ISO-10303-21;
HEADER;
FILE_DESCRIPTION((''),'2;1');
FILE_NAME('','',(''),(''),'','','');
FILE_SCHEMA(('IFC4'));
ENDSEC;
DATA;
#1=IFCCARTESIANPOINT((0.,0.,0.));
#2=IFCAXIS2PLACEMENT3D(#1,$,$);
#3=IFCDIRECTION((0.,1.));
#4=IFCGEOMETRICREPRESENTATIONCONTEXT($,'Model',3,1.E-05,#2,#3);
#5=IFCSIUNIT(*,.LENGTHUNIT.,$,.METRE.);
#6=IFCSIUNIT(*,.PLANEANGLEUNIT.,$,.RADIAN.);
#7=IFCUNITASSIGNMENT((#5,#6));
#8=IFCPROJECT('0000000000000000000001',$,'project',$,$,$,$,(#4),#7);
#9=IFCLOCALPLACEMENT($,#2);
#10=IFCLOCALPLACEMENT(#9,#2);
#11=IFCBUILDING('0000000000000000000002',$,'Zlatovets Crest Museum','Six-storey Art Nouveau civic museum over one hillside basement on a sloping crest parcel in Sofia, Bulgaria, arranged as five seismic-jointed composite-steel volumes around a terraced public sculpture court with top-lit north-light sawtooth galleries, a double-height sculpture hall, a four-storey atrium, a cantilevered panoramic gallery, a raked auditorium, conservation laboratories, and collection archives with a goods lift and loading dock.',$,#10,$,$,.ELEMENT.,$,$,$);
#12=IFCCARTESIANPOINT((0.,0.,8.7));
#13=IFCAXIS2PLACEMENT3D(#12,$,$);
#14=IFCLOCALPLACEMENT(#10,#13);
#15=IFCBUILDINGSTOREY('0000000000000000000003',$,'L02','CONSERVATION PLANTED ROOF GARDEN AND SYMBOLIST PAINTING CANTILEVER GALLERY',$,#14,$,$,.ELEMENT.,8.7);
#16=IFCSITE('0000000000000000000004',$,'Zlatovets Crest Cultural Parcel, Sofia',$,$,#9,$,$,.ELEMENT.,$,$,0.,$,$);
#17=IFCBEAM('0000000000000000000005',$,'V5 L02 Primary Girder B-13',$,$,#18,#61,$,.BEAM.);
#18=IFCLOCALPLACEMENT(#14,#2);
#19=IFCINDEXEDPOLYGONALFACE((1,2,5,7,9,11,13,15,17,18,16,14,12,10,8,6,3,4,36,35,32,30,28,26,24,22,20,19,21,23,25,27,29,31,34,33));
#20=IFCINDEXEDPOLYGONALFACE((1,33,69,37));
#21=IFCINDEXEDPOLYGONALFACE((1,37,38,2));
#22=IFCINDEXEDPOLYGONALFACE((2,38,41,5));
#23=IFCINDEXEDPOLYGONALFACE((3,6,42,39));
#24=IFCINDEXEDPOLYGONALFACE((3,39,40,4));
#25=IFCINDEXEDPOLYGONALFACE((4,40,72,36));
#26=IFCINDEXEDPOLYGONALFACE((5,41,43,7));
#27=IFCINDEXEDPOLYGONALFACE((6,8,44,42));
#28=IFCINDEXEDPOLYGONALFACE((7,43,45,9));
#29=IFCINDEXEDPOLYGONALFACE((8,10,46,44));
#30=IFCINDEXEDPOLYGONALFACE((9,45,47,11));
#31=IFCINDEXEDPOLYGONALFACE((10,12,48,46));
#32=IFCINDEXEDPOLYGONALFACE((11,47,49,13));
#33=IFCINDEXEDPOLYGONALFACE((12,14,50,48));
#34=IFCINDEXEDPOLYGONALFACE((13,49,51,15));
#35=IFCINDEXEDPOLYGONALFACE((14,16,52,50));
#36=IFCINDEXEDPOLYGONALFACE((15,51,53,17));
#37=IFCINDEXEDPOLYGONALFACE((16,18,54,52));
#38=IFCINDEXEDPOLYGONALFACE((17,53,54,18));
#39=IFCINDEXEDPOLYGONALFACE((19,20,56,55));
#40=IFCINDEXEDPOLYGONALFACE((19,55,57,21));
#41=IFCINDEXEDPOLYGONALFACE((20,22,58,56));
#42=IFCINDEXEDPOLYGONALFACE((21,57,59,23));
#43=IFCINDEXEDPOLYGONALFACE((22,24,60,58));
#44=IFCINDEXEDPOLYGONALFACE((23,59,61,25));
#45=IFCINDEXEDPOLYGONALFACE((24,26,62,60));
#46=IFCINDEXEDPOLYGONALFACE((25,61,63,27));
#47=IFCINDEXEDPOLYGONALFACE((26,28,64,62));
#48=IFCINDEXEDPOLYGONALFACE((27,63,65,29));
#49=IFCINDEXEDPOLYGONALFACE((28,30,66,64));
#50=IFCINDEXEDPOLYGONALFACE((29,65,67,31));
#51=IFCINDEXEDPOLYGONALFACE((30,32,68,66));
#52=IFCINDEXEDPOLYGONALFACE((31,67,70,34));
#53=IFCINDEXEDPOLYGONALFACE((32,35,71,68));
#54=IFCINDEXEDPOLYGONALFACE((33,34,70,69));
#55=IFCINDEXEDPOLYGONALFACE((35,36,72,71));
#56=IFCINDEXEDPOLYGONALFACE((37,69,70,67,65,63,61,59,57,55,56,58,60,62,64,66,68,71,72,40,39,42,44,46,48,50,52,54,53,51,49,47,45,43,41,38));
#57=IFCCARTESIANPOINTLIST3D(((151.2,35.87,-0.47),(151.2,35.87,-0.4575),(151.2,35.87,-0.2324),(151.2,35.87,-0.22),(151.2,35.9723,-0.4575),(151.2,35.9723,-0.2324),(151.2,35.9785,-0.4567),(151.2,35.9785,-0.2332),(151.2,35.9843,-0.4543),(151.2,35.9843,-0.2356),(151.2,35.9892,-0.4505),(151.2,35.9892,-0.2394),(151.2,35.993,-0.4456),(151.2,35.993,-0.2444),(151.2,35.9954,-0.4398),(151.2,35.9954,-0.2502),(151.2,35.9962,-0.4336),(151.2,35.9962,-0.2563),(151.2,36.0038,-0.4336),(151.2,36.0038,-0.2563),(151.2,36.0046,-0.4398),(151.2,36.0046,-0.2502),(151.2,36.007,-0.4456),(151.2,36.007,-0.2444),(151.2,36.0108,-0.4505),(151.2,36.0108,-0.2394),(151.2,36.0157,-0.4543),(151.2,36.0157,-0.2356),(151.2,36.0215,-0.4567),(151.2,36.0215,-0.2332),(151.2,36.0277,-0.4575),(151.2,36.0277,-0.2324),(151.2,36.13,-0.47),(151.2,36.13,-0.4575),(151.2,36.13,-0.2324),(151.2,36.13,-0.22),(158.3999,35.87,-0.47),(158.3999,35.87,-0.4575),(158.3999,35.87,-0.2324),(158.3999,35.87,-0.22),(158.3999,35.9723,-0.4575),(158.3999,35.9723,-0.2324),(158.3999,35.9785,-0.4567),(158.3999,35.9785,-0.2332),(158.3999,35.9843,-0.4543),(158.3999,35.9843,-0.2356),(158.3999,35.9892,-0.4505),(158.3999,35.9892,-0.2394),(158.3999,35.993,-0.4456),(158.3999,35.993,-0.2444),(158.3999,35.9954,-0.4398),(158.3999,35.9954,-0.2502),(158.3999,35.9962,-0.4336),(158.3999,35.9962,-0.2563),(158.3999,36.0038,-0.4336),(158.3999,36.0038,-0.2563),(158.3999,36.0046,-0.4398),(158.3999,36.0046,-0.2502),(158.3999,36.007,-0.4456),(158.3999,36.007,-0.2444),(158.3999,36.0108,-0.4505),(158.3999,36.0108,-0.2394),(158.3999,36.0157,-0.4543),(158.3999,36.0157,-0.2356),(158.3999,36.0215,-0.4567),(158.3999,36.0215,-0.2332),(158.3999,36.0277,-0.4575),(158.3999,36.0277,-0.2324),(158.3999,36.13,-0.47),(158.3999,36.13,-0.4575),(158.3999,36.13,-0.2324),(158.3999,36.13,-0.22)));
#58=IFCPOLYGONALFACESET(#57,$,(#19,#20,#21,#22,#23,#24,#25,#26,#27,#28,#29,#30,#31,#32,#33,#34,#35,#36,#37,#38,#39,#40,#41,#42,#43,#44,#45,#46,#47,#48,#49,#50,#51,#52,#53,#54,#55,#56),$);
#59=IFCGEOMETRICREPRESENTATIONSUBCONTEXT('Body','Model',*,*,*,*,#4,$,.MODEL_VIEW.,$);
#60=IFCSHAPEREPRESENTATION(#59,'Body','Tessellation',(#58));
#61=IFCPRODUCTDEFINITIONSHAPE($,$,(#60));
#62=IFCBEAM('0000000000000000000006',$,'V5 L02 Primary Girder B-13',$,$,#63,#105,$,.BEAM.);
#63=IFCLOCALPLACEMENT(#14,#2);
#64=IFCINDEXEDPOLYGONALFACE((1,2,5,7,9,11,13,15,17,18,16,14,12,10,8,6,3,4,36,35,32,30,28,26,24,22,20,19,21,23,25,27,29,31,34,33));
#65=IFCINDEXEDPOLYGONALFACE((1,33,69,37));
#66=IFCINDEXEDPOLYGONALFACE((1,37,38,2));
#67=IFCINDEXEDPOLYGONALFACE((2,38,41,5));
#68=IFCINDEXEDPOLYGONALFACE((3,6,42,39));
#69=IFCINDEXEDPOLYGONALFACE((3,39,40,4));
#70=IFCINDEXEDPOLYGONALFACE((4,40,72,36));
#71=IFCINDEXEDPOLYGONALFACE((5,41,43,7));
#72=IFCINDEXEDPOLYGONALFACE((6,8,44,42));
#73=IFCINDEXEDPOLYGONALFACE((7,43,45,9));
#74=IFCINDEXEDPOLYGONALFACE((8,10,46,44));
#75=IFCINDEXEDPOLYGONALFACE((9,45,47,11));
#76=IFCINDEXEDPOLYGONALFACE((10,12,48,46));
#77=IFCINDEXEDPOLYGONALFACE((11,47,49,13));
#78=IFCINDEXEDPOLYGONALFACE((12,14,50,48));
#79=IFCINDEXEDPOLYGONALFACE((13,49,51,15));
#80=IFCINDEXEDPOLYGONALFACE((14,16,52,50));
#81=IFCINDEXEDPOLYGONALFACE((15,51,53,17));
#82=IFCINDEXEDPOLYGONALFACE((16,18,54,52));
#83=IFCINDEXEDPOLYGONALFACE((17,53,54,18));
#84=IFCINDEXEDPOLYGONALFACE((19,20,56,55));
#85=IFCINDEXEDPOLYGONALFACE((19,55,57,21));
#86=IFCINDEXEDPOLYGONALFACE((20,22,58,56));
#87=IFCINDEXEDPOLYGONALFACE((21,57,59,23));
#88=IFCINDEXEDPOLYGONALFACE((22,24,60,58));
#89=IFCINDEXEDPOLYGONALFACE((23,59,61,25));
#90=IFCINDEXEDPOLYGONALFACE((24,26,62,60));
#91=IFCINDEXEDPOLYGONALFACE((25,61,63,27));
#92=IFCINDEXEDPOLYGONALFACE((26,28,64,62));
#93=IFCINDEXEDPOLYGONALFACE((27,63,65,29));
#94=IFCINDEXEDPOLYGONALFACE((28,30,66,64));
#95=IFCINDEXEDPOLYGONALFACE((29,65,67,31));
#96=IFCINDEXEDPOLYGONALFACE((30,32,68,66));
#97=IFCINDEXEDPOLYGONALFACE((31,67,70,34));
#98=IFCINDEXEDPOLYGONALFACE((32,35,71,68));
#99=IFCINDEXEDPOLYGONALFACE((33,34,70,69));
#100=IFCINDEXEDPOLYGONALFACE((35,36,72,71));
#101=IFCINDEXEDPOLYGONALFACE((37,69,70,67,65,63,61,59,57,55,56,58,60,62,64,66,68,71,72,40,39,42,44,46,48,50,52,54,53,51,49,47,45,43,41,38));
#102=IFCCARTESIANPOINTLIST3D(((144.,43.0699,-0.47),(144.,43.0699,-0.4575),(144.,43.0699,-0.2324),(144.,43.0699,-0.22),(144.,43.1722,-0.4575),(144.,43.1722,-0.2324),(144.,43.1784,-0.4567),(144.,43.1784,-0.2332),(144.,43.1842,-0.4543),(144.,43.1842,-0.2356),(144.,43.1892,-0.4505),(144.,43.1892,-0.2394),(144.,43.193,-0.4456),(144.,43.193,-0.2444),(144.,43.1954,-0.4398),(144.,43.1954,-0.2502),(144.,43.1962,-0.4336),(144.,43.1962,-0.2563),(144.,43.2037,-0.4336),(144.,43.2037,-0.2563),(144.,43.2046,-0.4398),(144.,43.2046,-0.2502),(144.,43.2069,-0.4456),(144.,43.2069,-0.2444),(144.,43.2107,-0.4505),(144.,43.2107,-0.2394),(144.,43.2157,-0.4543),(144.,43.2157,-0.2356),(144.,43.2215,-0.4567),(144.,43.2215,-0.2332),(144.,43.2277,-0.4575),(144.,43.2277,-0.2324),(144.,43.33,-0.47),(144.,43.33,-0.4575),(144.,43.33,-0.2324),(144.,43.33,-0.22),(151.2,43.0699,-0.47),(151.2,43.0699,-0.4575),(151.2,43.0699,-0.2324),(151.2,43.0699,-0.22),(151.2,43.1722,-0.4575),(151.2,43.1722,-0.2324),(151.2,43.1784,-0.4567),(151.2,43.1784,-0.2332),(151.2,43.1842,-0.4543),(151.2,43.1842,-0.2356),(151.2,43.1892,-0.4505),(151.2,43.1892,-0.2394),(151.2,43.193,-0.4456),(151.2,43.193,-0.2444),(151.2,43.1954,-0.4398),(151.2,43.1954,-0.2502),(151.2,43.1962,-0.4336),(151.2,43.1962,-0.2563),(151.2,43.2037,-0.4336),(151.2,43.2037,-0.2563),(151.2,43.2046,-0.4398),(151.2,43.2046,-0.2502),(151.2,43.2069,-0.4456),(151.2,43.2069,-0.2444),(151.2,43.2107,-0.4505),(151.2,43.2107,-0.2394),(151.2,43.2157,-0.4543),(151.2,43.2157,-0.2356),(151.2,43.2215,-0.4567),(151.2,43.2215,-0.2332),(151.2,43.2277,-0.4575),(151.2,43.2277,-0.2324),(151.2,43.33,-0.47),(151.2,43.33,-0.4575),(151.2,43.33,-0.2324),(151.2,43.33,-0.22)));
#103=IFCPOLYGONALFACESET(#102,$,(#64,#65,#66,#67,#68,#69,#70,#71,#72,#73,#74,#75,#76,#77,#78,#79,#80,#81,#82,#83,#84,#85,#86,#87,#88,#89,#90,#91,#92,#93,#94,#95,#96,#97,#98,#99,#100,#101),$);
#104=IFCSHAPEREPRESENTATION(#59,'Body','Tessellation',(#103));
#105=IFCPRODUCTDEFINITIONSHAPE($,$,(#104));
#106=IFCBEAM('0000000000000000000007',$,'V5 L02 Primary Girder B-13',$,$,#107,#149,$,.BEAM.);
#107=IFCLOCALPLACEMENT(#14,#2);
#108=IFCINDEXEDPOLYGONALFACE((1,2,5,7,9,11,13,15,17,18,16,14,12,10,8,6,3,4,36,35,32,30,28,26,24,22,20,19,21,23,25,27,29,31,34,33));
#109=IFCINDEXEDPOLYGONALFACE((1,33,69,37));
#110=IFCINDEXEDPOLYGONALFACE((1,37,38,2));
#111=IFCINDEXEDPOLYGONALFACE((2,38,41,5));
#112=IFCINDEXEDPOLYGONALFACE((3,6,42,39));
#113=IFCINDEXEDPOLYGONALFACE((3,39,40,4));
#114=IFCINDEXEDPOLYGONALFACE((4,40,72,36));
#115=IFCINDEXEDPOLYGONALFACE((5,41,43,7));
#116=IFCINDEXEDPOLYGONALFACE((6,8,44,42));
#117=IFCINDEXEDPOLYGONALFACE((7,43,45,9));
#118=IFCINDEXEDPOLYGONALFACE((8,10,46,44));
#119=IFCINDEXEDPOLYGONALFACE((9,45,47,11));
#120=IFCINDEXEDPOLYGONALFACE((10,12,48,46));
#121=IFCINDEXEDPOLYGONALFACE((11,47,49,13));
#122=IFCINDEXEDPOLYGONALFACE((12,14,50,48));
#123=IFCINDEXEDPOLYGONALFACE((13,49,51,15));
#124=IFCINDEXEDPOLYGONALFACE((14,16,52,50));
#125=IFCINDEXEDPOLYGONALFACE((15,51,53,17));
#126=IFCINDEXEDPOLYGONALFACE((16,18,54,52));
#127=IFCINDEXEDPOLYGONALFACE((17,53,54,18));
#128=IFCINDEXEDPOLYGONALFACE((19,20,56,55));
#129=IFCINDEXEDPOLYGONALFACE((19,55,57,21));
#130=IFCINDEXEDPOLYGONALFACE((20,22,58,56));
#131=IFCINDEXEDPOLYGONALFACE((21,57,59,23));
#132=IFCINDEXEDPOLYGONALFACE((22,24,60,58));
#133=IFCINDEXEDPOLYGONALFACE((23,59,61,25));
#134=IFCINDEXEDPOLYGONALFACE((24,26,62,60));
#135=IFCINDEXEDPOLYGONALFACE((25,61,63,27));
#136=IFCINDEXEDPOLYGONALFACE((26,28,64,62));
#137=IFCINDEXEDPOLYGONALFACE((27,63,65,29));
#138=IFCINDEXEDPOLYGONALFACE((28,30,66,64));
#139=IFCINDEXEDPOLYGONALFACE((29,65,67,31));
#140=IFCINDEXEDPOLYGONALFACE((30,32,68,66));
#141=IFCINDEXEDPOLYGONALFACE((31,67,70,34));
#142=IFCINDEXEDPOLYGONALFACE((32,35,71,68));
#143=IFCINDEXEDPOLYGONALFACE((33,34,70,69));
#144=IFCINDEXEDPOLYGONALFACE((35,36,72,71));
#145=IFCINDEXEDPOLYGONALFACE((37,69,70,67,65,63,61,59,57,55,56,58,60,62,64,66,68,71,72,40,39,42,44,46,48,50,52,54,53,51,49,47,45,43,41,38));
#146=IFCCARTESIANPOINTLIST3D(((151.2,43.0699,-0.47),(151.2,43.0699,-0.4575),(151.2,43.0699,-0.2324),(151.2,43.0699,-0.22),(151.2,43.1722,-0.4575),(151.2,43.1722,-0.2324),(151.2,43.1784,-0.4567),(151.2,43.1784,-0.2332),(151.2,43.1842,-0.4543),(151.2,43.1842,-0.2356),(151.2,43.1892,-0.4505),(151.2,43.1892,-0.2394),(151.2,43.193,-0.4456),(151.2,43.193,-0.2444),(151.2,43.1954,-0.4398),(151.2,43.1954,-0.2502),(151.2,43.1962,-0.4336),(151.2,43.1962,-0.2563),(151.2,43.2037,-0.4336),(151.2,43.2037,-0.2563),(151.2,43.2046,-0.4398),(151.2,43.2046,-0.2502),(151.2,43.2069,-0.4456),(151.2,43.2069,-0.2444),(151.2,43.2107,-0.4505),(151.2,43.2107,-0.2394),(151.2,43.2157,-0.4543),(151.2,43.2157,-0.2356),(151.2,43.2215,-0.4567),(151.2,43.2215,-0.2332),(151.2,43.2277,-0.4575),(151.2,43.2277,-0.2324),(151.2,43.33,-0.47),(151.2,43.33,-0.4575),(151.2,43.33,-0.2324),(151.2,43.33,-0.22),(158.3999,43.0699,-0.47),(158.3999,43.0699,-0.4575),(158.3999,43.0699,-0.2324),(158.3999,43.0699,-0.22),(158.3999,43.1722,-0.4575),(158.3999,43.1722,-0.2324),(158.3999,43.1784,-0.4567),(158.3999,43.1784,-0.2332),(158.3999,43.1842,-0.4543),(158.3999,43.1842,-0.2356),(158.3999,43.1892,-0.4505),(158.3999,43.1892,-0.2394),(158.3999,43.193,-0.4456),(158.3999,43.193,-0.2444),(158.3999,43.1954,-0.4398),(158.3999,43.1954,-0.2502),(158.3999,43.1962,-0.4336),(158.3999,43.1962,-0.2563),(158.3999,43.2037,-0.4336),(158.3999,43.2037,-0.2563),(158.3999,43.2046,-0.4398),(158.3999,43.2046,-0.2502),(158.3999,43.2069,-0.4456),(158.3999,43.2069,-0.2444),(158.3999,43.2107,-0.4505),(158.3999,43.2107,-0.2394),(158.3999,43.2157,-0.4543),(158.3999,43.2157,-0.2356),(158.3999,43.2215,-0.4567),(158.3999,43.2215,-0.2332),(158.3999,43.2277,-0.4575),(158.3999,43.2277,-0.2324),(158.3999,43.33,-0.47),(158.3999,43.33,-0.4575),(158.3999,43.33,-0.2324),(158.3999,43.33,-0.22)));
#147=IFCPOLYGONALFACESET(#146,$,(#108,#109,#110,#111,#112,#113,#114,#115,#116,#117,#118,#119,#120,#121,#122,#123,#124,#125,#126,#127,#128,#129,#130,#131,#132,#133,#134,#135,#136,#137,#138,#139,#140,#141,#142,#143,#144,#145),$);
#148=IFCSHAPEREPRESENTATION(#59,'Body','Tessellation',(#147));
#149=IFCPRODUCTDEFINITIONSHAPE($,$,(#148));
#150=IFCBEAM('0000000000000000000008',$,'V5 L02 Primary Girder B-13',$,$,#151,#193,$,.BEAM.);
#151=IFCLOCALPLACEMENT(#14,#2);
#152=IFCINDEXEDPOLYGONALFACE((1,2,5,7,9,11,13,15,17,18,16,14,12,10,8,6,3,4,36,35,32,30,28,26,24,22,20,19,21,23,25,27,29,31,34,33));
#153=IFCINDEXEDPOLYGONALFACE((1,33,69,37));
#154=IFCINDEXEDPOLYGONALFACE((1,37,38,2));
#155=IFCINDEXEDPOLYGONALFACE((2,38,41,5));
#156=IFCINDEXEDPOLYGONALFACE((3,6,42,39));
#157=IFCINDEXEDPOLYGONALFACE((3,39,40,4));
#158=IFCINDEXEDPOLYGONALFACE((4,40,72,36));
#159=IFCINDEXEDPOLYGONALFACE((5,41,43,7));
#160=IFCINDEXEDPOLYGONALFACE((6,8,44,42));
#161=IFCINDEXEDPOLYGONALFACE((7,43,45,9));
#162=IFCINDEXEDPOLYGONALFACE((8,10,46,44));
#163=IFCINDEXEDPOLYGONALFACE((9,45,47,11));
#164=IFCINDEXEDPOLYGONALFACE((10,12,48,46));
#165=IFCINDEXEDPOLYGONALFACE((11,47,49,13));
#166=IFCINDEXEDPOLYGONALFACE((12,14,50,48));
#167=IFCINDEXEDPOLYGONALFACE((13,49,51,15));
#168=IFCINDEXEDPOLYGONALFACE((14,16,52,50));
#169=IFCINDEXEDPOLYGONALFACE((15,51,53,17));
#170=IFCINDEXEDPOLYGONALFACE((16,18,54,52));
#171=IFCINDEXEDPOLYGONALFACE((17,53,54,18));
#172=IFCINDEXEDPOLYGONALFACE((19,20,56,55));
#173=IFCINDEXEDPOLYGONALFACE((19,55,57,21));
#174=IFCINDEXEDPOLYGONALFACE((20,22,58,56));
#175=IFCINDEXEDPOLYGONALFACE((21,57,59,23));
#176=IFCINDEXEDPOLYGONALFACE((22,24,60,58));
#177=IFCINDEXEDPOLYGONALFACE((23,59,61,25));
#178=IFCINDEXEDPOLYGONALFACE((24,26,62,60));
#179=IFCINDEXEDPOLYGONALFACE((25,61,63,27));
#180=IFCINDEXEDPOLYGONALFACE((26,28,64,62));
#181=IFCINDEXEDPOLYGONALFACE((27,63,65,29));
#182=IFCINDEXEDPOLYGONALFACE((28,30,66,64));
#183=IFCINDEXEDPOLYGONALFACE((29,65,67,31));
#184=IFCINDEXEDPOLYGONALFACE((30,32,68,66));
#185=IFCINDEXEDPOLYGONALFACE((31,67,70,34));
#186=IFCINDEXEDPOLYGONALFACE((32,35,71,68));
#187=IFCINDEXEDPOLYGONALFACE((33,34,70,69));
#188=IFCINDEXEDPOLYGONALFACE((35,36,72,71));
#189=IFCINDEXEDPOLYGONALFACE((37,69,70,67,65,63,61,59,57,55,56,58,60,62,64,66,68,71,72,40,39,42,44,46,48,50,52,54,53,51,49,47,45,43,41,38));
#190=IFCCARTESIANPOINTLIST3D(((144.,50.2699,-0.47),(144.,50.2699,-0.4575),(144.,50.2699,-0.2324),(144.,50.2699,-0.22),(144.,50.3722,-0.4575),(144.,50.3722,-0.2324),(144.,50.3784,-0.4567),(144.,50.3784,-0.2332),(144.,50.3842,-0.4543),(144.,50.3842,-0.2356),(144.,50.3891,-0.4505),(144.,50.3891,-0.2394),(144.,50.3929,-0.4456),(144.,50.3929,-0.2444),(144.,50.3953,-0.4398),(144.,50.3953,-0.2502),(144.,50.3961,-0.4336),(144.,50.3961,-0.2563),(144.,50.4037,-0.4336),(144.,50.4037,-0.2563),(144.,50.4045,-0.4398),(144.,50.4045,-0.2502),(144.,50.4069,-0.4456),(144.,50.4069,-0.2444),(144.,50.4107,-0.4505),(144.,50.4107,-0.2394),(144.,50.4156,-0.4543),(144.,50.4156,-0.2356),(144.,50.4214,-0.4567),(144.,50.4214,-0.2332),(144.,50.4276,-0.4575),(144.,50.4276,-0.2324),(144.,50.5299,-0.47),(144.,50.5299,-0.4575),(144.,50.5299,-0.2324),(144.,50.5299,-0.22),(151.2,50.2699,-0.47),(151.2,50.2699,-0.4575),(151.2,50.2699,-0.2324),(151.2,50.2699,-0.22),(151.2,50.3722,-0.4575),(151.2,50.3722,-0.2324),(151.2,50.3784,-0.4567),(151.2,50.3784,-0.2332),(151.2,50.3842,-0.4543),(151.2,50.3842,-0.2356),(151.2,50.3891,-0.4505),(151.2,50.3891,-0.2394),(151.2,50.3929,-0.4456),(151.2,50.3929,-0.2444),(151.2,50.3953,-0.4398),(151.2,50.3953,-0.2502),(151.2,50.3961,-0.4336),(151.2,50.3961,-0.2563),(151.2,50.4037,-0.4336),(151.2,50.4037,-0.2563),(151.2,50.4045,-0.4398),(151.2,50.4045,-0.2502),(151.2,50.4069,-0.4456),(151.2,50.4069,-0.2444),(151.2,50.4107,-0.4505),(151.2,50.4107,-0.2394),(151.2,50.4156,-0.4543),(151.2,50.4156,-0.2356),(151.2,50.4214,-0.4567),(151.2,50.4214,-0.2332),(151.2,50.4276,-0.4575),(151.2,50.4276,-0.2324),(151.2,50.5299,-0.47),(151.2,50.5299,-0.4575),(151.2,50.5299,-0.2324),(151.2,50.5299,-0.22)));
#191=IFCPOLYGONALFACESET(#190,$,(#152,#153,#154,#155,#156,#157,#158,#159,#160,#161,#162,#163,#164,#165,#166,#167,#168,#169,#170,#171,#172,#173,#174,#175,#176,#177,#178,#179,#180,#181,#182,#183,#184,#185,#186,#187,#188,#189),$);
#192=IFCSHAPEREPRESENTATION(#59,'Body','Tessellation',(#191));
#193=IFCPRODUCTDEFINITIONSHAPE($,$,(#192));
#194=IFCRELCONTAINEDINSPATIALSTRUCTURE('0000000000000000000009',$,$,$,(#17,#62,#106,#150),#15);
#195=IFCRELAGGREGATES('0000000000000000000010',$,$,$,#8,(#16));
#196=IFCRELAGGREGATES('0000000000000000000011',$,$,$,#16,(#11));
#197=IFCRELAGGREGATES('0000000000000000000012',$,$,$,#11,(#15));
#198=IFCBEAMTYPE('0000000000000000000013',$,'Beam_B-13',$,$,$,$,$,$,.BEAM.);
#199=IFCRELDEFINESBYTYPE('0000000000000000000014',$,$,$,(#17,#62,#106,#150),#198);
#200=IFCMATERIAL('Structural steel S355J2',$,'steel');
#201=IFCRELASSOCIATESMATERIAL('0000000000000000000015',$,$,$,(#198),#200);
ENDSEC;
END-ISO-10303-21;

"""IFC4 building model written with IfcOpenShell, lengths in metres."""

from ifc_helpers import new_model, si_unit, direction, frame, origin, origin_2d, place, context, subcontext, project, spatial, i_section, extrude, material, material_profile, profile_set, type_object, element, save


model = new_model("IFC4")

# Units and contexts
model_context = context("Model", 3, precision=1e-05, world=origin(), true_north=direction((0.0, 1.0)))
body_context = subcontext(model_context, "Body", "Model", "MODEL_VIEW")
ifc_project = project(units=[si_unit("LENGTHUNIT", "METRE"), si_unit("PLANEANGLEUNIT", "RADIAN")], contexts=[model_context])

# Site, building, storey
site_placement = place(None, origin())
site = spatial("IfcSite", under=ifc_project, at=site_placement, Name="Zlatovets Crest Cultural Parcel, Sofia", CompositionType="ELEMENT", RefElevation=0.0)
building_placement = place(site_placement, origin())
building = spatial("IfcBuilding", under=site, at=building_placement, Name="Zlatovets Crest Museum", Description="Six-storey Art Nouveau civic museum over one hillside basement on a sloping crest parcel in Sofia, Bulgaria, arranged as five seismic-jointed composite-steel volumes around a terraced public sculpture court with top-lit north-light sawtooth galleries, a double-height sculpture hall, a four-storey atrium, a cantilevered panoramic gallery, a raked auditorium, conservation laboratories, and collection archives with a goods lift and loading dock.", CompositionType="ELEMENT")
storey_placement = place(building_placement, frame((0.0, 0.0, 8.7)))
storey = spatial("IfcBuildingStorey", under=building, at=storey_placement, Name="L02", Description="CONSERVATION PLANTED ROOF GARDEN AND SYMBOLIST PAINTING CANTILEVER GALLERY", CompositionType="ELEMENT", Elevation=8.7)

# Shared definitions
ifc_material_1 = material(Name="Structural steel S355J2", Category="steel")

# Beams
ifc_material_profile_1 = material_profile(ifc_material_1, i_section(OverallWidth=0.26, OverallDepth=0.25, WebThickness=0.0076, FlangeThickness=0.0125, FilletRadius=0.0239, at=origin_2d()), Name="HEA 260")
ifc_profile_set_1 = profile_set([ifc_material_profile_1], Name="Structural steel S355J2")
beam_type_1 = type_object("IfcBeamType", Name="Beam_B-13", PredefinedType="BEAM", material=ifc_profile_set_1)
for number, where, z_axis, x_axis, name in (
    (1, (151.2, 36.0, -0.345), (1.0, 0.0, 0.0), (0.0, 1.0, 0.0), "V5 L02 Primary Girder B-13"),
    (2, (144.0, 43.2, -0.345), (1.0, 0.0, 0.0), (0.0, 1.0, 0.0), "V5 L02 Primary Girder B-13"),
    (3, (151.2, 43.2, -0.345), (1.0, 0.0, 0.0), (0.0, 1.0, 0.0), "V5 L02 Primary Girder B-13"),
    (4, (144.0, 50.3999, -0.345), (1.0, 0.0, 0.0), (0.0, 1.0, 0.0), "V5 L02 Primary Girder B-13"),
):
    element("IfcBeam", number, at=place(storey_placement, frame(where, z_axis=z_axis, x_axis=x_axis)), inside=storey, type_object=beam_type_1, Name=name, PredefinedType="BEAM", context=body_context, shape_type="SweptSolid", body=[
        extrude(i_section(OverallWidth=0.26, OverallDepth=0.25, WebThickness=0.0076, FlangeThickness=0.0125, FilletRadius=0.0239, at=origin_2d()), origin(), (0.0, 0.0, 1.0), 7.2),
    ])

save(model, "model.ifc")
